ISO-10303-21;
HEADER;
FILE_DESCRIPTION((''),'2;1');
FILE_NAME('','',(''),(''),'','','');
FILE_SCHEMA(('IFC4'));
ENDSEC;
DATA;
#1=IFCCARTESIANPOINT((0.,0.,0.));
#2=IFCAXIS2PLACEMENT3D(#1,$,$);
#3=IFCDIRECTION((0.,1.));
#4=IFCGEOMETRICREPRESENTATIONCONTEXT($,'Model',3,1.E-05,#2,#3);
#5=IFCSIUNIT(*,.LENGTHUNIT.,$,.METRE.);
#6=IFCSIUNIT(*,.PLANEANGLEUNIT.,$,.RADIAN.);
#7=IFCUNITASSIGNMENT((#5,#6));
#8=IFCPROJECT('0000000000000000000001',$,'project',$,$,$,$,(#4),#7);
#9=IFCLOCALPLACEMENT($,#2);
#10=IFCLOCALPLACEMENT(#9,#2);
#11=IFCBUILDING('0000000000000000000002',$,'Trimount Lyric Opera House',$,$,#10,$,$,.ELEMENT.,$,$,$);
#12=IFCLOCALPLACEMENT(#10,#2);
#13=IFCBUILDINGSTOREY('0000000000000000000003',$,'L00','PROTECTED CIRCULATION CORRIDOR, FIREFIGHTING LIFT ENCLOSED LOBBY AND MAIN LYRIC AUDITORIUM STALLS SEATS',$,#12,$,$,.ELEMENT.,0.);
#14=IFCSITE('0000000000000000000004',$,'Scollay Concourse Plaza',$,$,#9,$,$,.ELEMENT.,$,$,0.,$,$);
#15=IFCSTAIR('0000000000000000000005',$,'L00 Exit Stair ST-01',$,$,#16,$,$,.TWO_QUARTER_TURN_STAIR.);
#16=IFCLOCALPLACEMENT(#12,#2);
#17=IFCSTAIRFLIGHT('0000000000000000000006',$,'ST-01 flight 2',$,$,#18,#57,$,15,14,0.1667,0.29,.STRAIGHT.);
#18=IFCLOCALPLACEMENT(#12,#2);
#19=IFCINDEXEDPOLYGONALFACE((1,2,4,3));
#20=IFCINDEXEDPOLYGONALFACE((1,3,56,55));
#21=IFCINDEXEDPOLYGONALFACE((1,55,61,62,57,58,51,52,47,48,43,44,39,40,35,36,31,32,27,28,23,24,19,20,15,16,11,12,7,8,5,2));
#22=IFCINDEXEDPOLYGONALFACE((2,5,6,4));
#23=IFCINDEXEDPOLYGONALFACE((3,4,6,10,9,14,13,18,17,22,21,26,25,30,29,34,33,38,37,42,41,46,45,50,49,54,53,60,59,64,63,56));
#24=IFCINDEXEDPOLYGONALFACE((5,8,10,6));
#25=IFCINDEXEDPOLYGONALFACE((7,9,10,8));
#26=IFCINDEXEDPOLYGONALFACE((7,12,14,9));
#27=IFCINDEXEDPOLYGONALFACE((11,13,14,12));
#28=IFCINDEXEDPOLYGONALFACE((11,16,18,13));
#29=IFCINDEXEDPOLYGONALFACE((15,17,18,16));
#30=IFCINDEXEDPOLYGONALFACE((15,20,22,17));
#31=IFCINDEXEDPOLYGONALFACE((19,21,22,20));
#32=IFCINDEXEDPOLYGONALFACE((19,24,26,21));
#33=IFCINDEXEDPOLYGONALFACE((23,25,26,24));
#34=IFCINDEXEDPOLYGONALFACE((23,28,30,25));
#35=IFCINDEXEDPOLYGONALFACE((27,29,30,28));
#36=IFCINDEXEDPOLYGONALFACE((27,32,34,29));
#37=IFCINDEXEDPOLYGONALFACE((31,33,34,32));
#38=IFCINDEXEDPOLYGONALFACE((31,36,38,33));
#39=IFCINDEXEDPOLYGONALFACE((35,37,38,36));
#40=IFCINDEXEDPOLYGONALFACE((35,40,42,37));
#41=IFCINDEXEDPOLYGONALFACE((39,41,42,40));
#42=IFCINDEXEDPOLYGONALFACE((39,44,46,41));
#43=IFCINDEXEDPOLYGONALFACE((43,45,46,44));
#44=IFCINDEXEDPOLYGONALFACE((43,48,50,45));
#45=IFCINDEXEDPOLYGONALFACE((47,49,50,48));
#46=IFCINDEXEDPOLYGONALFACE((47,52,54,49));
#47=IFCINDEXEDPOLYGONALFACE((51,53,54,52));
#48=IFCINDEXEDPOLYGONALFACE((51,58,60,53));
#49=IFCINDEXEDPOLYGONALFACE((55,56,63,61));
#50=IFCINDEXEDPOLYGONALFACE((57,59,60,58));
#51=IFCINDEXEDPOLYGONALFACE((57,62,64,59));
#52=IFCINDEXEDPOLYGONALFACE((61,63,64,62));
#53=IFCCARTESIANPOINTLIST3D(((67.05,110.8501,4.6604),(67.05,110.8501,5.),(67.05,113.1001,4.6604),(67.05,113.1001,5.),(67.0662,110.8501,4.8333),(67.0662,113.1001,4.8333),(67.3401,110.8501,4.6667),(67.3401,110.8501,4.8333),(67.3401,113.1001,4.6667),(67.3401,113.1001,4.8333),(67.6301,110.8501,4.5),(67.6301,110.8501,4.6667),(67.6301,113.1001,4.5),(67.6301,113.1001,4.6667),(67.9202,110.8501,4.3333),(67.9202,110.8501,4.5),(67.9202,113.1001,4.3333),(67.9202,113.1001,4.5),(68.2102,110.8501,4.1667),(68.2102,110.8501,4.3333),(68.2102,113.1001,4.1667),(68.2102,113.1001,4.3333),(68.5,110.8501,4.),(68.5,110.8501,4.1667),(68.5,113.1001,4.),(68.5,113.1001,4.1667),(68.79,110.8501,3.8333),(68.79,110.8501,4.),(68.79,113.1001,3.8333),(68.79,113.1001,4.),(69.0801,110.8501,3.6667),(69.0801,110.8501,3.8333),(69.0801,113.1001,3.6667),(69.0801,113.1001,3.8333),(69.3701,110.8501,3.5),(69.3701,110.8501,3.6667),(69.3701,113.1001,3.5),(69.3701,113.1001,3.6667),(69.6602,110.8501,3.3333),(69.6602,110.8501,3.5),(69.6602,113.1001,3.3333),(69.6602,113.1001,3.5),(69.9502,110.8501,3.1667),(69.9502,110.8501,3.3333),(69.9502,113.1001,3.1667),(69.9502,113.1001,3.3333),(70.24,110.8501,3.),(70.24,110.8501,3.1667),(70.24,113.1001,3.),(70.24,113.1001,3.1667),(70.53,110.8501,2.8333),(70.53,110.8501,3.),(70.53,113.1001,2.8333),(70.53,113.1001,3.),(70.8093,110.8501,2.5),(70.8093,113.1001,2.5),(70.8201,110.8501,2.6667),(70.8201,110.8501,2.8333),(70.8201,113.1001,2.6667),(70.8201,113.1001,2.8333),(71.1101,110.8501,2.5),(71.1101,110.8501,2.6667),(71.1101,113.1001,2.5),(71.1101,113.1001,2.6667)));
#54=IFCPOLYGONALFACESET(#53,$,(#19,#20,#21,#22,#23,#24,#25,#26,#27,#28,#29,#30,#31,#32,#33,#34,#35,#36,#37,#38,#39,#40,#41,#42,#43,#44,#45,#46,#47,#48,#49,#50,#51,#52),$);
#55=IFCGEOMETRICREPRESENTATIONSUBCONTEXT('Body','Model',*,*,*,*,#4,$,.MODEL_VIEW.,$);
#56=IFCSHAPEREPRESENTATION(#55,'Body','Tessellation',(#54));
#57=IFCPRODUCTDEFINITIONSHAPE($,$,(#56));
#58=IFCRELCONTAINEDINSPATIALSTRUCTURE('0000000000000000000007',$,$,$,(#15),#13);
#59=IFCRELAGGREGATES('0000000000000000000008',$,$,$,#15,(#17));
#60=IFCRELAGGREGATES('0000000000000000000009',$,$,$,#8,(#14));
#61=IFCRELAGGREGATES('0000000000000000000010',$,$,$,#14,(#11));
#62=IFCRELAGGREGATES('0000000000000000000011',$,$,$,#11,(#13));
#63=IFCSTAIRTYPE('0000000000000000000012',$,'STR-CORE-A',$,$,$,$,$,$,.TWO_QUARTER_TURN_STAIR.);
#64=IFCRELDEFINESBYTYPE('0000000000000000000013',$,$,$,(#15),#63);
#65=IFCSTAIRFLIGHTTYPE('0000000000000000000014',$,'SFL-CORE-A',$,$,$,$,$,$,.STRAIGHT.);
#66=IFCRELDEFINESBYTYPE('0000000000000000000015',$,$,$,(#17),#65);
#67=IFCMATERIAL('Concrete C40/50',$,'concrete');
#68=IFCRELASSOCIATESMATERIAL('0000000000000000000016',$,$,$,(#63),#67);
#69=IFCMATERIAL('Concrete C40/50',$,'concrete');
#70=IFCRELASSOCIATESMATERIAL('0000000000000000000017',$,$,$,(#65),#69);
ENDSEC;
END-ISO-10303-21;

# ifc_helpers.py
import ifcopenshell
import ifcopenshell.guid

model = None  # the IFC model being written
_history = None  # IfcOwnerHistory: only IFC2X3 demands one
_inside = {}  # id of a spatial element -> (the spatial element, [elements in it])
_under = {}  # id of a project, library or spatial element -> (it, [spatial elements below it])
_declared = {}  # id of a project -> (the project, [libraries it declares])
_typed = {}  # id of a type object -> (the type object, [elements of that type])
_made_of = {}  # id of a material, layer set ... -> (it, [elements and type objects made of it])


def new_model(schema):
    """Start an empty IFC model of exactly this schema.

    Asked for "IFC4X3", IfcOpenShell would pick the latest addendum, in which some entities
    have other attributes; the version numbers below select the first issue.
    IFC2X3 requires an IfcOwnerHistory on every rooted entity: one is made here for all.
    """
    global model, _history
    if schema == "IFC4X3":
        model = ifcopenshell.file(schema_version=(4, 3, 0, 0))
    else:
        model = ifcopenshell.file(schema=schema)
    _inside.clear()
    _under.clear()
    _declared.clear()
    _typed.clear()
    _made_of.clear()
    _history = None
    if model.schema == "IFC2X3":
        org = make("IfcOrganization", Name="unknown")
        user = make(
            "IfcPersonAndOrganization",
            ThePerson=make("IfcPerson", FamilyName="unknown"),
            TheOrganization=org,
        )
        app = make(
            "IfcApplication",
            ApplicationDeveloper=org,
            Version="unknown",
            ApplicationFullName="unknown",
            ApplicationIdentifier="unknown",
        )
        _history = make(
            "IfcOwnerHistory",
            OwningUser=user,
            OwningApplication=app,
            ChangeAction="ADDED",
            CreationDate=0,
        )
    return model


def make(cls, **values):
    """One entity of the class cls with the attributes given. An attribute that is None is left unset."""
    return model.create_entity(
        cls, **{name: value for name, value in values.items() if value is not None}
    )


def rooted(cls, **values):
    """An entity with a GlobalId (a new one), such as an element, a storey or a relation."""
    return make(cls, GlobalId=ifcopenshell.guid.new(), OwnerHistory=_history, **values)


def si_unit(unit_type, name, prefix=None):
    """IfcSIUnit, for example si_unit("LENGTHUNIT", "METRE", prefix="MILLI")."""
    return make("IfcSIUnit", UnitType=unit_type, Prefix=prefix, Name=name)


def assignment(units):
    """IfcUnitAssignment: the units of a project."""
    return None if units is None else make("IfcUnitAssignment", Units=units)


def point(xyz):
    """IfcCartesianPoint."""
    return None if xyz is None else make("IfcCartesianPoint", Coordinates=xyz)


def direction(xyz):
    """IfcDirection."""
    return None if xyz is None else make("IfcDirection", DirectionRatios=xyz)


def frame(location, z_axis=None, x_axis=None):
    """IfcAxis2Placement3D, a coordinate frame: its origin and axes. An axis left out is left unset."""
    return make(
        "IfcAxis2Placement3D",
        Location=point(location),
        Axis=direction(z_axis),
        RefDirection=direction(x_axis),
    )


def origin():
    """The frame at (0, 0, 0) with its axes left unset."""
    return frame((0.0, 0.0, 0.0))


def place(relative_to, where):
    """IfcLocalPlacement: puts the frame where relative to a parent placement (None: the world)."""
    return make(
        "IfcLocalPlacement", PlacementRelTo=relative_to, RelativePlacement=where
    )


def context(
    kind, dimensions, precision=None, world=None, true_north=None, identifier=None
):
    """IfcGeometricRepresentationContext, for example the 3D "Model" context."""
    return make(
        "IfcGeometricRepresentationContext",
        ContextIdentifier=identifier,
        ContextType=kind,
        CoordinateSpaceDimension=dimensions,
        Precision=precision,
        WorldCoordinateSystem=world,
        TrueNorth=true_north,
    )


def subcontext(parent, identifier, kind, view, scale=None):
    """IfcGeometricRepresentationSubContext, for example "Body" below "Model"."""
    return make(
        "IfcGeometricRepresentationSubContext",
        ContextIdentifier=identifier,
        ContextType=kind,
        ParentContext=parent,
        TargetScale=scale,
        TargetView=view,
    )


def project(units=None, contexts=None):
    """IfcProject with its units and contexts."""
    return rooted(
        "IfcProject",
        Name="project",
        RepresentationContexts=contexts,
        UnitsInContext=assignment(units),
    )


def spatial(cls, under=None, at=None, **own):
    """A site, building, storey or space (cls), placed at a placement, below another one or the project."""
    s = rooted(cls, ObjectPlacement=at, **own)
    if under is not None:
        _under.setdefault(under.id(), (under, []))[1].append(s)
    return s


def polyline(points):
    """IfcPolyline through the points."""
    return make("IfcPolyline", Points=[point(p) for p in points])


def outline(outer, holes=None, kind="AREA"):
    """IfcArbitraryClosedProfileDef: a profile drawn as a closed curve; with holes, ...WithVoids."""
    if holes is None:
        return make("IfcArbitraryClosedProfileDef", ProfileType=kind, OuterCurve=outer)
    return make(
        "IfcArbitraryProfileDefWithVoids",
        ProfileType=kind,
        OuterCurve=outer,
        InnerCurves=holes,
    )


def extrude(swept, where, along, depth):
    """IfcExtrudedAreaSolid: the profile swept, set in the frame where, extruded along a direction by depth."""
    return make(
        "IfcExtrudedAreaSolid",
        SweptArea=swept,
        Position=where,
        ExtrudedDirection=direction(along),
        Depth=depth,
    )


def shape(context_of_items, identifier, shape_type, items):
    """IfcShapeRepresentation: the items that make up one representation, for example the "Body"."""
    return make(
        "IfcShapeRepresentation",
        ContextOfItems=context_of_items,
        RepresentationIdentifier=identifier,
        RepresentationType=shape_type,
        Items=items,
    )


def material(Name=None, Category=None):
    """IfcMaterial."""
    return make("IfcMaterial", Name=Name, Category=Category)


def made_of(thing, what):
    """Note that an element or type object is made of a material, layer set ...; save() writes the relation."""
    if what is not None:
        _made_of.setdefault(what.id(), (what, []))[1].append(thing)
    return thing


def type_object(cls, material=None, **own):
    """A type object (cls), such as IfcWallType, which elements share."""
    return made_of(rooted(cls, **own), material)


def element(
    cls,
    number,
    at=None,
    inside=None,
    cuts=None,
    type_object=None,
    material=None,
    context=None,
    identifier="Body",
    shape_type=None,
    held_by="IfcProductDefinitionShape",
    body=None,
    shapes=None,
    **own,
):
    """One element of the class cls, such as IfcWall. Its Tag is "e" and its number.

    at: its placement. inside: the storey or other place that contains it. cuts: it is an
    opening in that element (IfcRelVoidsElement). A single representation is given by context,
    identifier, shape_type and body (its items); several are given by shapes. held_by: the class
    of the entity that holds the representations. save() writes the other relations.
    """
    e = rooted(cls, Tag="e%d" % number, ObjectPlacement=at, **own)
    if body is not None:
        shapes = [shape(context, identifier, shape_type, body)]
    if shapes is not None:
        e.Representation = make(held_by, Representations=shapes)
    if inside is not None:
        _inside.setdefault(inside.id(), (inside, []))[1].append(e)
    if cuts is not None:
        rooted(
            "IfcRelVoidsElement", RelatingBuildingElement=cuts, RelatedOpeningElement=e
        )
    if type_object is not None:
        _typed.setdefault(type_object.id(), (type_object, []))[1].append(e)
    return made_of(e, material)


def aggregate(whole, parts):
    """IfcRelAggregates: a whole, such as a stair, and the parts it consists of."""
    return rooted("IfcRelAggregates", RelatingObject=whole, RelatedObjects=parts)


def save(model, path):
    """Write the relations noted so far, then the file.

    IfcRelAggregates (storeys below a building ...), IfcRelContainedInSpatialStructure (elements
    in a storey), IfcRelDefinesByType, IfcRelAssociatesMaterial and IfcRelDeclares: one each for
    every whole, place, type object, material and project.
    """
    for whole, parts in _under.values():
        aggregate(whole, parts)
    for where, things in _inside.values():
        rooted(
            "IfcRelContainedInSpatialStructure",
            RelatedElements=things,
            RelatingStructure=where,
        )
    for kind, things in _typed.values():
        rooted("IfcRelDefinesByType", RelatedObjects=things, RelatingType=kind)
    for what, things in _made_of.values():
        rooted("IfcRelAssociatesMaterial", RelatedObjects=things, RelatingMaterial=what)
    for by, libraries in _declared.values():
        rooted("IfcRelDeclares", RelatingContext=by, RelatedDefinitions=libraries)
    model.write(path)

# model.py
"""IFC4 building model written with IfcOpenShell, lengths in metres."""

from ifc_helpers import new_model, si_unit, direction, frame, origin, place, context, subcontext, project, spatial, polyline, outline, extrude, material, type_object, element, aggregate, save


model = new_model("IFC4")

# Units and contexts
model_context = context("Model", 3, precision=1e-05, world=origin(), true_north=direction((0.0, 1.0)))
body_context = subcontext(model_context, "Body", "Model", "MODEL_VIEW")
ifc_project = project(units=[si_unit("LENGTHUNIT", "METRE"), si_unit("PLANEANGLEUNIT", "RADIAN")], contexts=[model_context])

# Site, building, storey
site_placement = place(None, origin())
site = spatial("IfcSite", under=ifc_project, at=site_placement, Name="Scollay Concourse Plaza", CompositionType="ELEMENT", RefElevation=0.0)
building_placement = place(site_placement, origin())
building = spatial("IfcBuilding", under=site, at=building_placement, Name="Trimount Lyric Opera House", CompositionType="ELEMENT")
storey_placement = place(building_placement, origin())
storey = spatial("IfcBuildingStorey", under=building, at=storey_placement, Name="L00", Description="PROTECTED CIRCULATION CORRIDOR, FIREFIGHTING LIFT ENCLOSED LOBBY AND MAIN LYRIC AUDITORIUM STALLS SEATS", CompositionType="ELEMENT", Elevation=0.0)

# Stair, stair flight
ifc_material_1 = material(Name="Concrete C40/50", Category="concrete")
stair_type = type_object("IfcStairType", Name="STR-CORE-A", PredefinedType="TWO_QUARTER_TURN_STAIR", material=ifc_material_1)
stair_placement = place(storey_placement, origin())
stair = element("IfcStair", 1, at=stair_placement, inside=storey, type_object=stair_type, Name="L00 Exit Stair ST-01", PredefinedType="TWO_QUARTER_TURN_STAIR")
ifc_material_2 = material(Name="Concrete C40/50", Category="concrete")
stair_flight_type = type_object("IfcStairFlightType", Name="SFL-CORE-A", PredefinedType="STRAIGHT", material=ifc_material_2)
stair_flight_1_placement = place(storey_placement, frame((71.1101, 111.9751, 2.5), z_axis=(0.0, 0.0, 1.0), x_axis=(-1.0, 0.0, 0.0)))
stair_flight_1 = element("IfcStairFlight", 2, at=stair_flight_1_placement, type_object=stair_flight_type, Name="ST-01 flight 2", NumberOfRisers=15, NumberOfTreads=14, PredefinedType="STRAIGHT", RiserHeight=0.1667, TreadLength=0.29, context=body_context, shape_type="SweptSolid", body=[
    extrude(outline(polyline([(0.0, 0.0), (0.0, 0.1667), (0.29, 0.1667), (0.29, 0.3333), (0.5801, 0.3333), (0.5801, 0.5), (0.8701, 0.5), (0.8701, 0.6667), (1.1599, 0.6667), (1.1599, 0.8333), (1.45, 0.8333), (1.45, 1.0), (1.74, 1.0), (1.74, 1.1667), (2.03, 1.1667), (2.03, 1.3333), (2.3201, 1.3333), (2.3201, 1.5), (2.6101, 1.5), (2.6101, 1.6667), (2.8999, 1.6667), (2.8999, 1.8333), (3.1899, 1.8333), (3.1899, 2.0), (3.48, 2.0), (3.48, 2.1667), (3.77, 2.1667), (3.77, 2.3333), (4.0439, 2.3333), (4.0601, 2.5), (4.0601, 2.1604), (0.3008, 0.0), (0.0, 0.0)])), frame((0.0, 1.125, 0.0), z_axis=(0.0, -1.0, 0.0), x_axis=(1.0, 0.0, 0.0)), (0.0, 0.0, 1.0), 2.25),
])
aggregate(stair, [stair_flight_1])

save(model, "model.ifc")
